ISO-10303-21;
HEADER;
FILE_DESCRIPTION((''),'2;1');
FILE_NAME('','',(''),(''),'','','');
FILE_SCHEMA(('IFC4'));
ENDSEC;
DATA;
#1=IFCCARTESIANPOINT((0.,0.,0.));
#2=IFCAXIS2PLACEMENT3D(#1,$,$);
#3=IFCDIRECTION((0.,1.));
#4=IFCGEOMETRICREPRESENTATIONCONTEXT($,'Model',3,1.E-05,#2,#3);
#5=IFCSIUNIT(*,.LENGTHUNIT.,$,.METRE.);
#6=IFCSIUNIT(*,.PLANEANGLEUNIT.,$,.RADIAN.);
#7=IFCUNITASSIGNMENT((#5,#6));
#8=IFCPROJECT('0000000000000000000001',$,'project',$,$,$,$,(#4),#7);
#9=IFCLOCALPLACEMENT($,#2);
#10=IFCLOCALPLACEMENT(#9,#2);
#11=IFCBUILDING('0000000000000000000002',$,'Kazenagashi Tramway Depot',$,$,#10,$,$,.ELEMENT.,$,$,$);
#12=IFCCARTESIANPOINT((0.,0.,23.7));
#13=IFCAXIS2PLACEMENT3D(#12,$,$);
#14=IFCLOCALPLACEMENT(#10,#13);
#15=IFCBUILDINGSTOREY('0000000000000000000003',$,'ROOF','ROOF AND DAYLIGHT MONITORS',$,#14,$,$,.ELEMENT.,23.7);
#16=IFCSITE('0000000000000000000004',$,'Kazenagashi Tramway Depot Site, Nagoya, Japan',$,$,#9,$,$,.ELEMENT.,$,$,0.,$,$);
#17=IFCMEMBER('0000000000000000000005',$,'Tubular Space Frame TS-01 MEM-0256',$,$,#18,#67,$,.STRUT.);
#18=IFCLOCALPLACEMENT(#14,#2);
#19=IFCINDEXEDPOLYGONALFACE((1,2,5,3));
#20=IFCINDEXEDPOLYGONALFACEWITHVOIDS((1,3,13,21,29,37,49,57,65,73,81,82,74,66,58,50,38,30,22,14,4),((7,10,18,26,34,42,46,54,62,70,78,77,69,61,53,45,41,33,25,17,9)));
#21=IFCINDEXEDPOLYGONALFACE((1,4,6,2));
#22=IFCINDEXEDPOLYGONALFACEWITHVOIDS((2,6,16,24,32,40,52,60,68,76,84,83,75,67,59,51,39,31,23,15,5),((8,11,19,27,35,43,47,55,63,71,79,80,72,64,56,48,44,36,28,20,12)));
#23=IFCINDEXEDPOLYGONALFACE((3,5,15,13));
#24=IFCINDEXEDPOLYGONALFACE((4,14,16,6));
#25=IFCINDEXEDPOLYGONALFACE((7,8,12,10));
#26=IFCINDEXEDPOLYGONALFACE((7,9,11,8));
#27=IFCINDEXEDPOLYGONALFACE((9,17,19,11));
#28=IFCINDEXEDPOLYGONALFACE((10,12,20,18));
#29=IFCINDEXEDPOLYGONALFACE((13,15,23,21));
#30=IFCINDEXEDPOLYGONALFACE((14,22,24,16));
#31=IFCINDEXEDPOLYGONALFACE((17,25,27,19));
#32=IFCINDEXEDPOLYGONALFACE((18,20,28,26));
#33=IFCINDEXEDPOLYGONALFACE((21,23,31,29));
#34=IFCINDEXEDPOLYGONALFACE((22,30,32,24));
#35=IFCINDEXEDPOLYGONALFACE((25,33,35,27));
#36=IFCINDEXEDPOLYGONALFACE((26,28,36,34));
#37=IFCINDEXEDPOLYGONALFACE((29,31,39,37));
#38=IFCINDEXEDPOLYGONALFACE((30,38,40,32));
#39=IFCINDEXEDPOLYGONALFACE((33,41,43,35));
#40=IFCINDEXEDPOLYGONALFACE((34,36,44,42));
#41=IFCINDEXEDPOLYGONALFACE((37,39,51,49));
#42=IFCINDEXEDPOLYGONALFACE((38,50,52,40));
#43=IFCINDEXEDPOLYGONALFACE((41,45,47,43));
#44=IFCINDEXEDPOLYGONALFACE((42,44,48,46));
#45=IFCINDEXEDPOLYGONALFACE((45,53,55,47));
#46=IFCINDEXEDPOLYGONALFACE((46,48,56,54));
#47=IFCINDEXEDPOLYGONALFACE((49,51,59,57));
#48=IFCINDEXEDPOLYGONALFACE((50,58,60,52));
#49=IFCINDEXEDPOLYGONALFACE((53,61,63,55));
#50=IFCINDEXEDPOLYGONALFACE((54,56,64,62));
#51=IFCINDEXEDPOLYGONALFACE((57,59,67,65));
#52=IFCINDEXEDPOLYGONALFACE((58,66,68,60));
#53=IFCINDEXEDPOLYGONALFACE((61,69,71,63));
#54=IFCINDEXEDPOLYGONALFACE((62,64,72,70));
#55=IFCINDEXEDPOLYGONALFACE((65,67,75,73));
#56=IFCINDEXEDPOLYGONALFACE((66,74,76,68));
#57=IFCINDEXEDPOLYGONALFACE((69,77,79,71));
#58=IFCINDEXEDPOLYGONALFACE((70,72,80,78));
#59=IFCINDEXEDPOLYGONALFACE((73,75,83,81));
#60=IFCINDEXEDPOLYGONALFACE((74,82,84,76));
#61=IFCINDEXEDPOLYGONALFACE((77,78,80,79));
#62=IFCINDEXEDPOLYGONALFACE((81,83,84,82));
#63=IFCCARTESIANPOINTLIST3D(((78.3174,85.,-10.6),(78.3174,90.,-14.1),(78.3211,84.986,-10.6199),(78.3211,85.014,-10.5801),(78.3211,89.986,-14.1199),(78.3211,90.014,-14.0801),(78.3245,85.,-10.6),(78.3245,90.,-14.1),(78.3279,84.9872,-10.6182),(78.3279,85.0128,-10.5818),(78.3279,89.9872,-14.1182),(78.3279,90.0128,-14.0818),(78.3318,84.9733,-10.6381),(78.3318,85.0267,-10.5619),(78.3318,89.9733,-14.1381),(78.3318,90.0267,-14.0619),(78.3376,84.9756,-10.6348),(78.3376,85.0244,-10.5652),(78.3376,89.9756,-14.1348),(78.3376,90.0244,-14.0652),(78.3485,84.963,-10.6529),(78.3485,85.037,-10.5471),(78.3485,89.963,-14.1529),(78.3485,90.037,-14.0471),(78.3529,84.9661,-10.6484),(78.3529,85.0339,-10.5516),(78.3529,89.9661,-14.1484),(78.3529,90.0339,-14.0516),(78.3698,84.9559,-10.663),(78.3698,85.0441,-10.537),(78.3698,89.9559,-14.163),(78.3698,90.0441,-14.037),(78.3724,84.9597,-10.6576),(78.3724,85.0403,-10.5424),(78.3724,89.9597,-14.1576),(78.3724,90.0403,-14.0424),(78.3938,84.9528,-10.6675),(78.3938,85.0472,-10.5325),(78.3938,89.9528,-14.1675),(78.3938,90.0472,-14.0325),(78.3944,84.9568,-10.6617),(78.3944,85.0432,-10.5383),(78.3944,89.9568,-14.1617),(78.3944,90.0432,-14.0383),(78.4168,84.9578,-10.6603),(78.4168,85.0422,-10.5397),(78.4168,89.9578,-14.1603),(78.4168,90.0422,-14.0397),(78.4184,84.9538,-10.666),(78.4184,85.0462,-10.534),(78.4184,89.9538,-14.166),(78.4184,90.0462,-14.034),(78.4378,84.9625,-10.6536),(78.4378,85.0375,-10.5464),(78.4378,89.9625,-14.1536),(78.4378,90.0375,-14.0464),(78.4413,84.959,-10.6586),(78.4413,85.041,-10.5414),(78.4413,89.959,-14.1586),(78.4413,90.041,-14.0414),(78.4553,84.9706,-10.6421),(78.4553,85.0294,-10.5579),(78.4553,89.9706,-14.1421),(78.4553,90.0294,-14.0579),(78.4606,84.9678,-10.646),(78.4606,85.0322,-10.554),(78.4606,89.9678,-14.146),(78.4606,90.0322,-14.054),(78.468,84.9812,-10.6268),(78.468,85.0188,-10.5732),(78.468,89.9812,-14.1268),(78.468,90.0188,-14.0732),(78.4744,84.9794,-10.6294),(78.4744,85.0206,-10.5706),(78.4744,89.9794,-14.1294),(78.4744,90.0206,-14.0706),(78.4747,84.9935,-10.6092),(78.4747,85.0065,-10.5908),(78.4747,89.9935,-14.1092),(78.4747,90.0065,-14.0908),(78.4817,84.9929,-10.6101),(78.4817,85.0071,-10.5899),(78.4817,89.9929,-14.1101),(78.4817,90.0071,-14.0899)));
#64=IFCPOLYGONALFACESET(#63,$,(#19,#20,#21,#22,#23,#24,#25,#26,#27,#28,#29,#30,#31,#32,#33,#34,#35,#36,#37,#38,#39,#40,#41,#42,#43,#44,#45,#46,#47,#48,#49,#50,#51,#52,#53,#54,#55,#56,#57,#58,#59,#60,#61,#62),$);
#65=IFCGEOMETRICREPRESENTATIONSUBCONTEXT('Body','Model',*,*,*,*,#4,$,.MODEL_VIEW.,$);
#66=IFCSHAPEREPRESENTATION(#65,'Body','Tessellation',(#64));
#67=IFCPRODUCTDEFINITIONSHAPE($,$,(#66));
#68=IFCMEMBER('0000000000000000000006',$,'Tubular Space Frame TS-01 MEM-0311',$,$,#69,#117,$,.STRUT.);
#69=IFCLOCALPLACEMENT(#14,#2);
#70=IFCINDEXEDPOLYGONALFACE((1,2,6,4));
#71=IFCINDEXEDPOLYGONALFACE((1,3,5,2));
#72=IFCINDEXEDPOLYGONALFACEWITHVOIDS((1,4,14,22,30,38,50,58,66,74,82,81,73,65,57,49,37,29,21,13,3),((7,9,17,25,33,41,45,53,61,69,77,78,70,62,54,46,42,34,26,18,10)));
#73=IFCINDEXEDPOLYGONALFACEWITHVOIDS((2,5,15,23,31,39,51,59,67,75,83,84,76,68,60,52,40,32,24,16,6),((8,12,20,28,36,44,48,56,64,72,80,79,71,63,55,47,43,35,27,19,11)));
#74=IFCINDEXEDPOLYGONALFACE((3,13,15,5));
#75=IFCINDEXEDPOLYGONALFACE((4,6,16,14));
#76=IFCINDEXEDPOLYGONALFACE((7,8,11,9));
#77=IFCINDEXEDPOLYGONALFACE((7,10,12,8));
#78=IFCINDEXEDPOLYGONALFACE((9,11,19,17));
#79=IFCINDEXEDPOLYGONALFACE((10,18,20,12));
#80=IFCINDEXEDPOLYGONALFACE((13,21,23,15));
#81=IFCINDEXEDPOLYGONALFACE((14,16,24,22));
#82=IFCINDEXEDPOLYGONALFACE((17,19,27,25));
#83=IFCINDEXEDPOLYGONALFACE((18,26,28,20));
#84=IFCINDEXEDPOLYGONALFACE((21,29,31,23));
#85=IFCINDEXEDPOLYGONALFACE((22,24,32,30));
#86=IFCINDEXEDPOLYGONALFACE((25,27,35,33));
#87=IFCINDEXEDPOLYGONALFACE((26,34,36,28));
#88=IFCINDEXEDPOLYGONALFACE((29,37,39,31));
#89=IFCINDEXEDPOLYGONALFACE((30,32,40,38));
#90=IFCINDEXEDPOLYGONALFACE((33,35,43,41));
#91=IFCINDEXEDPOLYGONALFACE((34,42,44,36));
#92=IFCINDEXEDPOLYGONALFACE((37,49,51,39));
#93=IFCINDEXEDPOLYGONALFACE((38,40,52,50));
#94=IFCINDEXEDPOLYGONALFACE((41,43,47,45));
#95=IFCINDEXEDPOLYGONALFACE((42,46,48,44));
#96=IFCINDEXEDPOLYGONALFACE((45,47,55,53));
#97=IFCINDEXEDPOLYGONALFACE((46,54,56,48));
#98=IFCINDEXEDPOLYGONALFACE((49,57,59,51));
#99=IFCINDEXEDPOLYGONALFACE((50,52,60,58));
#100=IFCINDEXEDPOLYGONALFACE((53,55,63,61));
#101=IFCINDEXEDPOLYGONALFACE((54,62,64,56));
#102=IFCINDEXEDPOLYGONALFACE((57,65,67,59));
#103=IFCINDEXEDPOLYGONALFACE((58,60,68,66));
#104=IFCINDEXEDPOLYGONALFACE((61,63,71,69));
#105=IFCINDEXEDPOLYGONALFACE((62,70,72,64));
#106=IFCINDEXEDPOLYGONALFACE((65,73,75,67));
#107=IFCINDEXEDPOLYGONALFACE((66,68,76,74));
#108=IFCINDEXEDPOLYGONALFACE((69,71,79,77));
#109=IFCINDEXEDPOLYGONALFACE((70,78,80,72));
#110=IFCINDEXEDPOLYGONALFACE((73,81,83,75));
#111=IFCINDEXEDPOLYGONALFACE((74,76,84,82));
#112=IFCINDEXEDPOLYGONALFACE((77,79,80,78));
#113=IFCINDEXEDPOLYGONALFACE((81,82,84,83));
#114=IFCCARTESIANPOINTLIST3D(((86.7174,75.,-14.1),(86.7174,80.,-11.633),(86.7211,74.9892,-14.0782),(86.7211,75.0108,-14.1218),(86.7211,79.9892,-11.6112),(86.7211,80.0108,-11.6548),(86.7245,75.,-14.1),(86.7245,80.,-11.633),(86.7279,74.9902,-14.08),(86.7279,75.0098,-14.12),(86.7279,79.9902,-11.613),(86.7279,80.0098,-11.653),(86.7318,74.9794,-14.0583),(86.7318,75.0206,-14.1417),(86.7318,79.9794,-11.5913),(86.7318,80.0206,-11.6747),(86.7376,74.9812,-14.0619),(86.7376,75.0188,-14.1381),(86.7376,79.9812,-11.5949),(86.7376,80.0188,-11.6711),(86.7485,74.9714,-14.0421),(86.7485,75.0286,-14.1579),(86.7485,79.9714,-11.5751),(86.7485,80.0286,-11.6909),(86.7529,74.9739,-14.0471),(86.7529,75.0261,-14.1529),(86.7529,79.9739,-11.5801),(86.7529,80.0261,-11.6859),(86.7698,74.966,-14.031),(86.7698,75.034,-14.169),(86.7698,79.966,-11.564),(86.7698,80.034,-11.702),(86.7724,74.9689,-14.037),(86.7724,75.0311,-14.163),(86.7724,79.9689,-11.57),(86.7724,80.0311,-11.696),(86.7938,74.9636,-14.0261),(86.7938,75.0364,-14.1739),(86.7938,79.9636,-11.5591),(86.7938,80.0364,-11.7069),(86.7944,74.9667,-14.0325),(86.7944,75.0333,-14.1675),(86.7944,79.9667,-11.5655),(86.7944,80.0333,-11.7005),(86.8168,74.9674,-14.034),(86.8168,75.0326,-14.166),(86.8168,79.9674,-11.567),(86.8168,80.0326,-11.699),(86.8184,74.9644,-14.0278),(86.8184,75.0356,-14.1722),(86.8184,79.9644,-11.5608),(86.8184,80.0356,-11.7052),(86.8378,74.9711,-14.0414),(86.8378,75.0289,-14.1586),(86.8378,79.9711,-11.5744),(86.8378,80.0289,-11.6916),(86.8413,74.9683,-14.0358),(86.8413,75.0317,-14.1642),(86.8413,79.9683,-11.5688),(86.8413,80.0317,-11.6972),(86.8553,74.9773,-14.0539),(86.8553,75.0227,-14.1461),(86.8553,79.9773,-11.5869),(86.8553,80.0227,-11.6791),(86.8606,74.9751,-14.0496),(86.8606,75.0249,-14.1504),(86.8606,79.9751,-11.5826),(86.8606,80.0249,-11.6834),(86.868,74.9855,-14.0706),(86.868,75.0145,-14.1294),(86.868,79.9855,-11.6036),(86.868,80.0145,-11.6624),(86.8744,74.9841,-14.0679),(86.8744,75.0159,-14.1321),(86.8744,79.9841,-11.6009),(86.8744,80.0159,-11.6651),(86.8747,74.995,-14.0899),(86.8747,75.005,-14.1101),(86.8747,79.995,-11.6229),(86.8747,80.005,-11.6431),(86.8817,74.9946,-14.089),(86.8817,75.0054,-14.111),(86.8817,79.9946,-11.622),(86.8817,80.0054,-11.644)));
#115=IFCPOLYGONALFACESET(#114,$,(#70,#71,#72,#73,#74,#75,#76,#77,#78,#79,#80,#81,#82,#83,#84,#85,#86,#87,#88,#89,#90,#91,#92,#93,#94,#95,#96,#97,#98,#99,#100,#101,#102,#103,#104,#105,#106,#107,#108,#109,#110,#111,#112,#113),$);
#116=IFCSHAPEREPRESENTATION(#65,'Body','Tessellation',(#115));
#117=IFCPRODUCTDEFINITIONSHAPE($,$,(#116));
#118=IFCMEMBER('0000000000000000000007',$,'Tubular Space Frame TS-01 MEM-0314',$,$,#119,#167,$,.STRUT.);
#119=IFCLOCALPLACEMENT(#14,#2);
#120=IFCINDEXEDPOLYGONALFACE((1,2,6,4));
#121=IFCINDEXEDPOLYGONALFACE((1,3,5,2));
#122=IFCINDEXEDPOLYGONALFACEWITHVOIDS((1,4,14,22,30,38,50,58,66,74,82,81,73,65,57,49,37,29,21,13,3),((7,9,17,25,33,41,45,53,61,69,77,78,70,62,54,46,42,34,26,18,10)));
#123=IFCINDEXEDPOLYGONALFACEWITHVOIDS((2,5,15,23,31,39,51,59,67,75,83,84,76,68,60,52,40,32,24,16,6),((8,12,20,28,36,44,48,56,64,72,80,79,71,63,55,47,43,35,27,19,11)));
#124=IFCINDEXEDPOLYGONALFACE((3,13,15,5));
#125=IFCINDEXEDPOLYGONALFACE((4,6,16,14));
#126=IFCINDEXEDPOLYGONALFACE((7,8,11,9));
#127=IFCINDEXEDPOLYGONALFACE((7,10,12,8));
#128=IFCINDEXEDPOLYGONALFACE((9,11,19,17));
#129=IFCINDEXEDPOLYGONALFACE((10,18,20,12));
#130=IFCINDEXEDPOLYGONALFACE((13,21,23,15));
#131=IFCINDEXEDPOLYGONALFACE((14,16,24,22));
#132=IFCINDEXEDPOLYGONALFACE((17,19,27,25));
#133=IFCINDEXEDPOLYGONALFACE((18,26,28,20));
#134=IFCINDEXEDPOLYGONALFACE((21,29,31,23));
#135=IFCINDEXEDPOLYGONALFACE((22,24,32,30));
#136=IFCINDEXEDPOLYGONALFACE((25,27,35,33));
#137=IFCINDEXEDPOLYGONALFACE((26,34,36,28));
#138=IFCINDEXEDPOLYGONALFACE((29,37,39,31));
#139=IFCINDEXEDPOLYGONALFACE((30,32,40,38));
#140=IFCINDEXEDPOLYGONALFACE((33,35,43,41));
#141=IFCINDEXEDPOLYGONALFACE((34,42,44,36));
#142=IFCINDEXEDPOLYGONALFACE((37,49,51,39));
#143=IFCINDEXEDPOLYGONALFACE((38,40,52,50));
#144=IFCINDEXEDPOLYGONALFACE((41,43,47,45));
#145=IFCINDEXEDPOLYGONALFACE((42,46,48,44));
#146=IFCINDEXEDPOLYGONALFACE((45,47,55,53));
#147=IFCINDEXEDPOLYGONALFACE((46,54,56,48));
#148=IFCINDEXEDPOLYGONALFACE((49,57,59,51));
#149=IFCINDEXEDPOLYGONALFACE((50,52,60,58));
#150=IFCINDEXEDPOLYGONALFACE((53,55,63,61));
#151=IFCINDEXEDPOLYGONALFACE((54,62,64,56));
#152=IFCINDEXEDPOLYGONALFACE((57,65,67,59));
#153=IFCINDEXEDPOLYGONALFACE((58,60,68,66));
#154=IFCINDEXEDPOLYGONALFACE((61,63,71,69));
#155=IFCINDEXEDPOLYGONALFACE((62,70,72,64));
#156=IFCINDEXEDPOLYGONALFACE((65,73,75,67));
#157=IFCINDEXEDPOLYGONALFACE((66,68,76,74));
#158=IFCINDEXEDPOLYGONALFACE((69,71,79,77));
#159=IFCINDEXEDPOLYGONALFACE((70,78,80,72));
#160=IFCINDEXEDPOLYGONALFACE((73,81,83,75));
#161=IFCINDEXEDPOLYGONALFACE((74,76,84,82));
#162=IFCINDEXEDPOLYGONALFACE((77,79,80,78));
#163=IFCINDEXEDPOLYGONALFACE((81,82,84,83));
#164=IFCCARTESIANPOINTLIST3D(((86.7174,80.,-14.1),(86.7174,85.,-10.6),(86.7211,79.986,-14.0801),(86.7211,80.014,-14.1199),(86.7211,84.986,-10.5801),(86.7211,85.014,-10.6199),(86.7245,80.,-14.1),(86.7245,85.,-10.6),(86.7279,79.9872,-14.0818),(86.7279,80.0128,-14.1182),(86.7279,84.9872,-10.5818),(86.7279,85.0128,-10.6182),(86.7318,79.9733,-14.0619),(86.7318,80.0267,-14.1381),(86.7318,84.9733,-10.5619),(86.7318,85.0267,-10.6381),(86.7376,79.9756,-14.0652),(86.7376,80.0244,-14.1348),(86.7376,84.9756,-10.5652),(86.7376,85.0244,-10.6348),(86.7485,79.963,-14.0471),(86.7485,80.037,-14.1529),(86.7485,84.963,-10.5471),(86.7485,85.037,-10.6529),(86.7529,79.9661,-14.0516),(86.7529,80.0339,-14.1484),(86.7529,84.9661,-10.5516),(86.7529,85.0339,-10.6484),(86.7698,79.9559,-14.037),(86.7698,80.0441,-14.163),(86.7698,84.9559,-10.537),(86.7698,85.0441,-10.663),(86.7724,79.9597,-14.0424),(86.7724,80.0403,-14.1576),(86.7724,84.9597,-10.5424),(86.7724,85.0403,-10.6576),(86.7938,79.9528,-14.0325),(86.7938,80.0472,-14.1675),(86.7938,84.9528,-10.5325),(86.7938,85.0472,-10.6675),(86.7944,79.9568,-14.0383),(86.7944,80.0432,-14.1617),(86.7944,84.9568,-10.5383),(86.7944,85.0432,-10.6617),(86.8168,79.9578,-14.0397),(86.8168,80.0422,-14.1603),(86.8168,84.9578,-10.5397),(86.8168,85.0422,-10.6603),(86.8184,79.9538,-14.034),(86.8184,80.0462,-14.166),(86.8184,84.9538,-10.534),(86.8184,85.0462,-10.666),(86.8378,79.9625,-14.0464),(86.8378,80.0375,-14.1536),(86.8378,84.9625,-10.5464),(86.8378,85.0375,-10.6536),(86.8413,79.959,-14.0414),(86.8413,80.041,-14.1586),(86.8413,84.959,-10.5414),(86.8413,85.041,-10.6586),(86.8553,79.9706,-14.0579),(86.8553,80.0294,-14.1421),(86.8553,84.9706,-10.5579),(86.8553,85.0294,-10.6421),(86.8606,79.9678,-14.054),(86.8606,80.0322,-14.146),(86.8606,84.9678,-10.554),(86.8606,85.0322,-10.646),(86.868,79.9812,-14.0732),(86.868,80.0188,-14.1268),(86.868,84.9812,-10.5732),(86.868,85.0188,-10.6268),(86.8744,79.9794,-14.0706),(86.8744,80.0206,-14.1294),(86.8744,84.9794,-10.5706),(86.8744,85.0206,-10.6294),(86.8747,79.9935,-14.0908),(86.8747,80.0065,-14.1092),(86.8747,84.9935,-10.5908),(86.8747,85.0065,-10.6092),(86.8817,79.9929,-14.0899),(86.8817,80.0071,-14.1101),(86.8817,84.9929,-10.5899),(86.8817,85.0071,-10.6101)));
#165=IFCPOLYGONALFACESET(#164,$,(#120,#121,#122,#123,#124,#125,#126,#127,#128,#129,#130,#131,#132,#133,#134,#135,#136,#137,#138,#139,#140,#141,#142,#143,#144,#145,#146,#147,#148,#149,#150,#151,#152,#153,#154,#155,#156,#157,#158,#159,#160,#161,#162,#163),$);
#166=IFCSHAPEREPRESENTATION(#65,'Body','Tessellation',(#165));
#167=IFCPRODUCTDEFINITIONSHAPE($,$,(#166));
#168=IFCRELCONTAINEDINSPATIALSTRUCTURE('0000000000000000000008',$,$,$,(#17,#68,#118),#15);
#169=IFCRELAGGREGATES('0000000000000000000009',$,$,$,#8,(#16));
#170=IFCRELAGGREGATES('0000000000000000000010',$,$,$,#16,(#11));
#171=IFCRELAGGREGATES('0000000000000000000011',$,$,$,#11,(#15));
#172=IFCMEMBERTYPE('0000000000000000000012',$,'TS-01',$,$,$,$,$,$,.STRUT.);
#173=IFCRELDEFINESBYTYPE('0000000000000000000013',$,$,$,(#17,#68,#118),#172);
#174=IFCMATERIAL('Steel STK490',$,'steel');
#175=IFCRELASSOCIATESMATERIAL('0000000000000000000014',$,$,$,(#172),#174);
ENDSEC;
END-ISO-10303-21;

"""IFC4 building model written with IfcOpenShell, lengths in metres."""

from ifc_helpers import new_model, si_unit, direction, frame, origin, origin_2d, place, context, subcontext, project, spatial, hollow_circle, extrude, material, material_profile, profile_set, type_object, element, save


model = new_model("IFC4")

# Units and contexts
model_context = context("Model", 3, precision=1e-05, world=origin(), true_north=direction((0.0, 1.0)))
body_context = subcontext(model_context, "Body", "Model", "MODEL_VIEW")
ifc_project = project(units=[si_unit("LENGTHUNIT", "METRE"), si_unit("PLANEANGLEUNIT", "RADIAN")], contexts=[model_context])

# Site, building, storey
site_placement = place(None, origin())
site = spatial("IfcSite", under=ifc_project, at=site_placement, Name="Kazenagashi Tramway Depot Site, Nagoya, Japan", CompositionType="ELEMENT", RefElevation=0.0)
building_placement = place(site_placement, origin())
building = spatial("IfcBuilding", under=site, at=building_placement, Name="Kazenagashi Tramway Depot", CompositionType="ELEMENT")
storey_placement = place(building_placement, frame((0.0, 0.0, 23.7)))
storey = spatial("IfcBuildingStorey", under=building, at=storey_placement, Name="ROOF", Description="ROOF AND DAYLIGHT MONITORS", CompositionType="ELEMENT", Elevation=23.7)

# Members
ifc_material_1 = material(Name="Steel STK490", Category="steel")
ifc_material_profile_1 = material_profile(ifc_material_1, hollow_circle(Radius=0.0826, WallThickness=0.0071, at=origin_2d()), Name="CHS-165.2x7.1")
ifc_profile_set_1 = profile_set([ifc_material_profile_1], Name="Steel STK490")
member_type_1 = type_object("IfcMemberType", Name="TS-01", PredefinedType="STRUT", material=ifc_profile_set_1)
for number, where, z_axis, x_axis, name in (
    (1, (78.4, 85.0, -10.6), (0.0, 0.819232, -0.573462), (-1.0, 0.0, 0.0), "Tubular Space Frame TS-01 MEM-0256"),
):
    element("IfcMember", number, at=place(storey_placement, frame(where, z_axis=z_axis, x_axis=x_axis)), inside=storey, type_object=member_type_1, Name=name, PredefinedType="STRUT", context=body_context, shape_type="SweptSolid", body=[
        extrude(hollow_circle(Radius=0.0826, WallThickness=0.0071, at=origin_2d()), origin(), (0.0, 0.0, 1.0), 6.1033),
    ])
member_1_placement = place(storey_placement, frame((86.8, 75.0, -14.1), z_axis=(0.0, 0.896782, 0.442472), x_axis=(-1.0, 0.0, 0.0)))
element("IfcMember", 2, at=member_1_placement, inside=storey, type_object=member_type_1, Name="Tubular Space Frame TS-01 MEM-0311", PredefinedType="STRUT", context=body_context, shape_type="SweptSolid", body=[
    extrude(hollow_circle(Radius=0.0826, WallThickness=0.0071, at=origin_2d()), origin(), (0.0, 0.0, 1.0), 5.5755),
])
for number, where, z_axis, x_axis, name in (
    (3, (86.8, 80.0, -14.1), (0.0, 0.819232, 0.573462), (-1.0, 0.0, 0.0), "Tubular Space Frame TS-01 MEM-0314"),
):
    element("IfcMember", number, at=place(storey_placement, frame(where, z_axis=z_axis, x_axis=x_axis)), inside=storey, type_object=member_type_1, Name=name, PredefinedType="STRUT", context=body_context, shape_type="SweptSolid", body=[
        extrude(hollow_circle(Radius=0.0826, WallThickness=0.0071, at=origin_2d()), origin(), (0.0, 0.0, 1.0), 6.1033),
    ])

save(model, "model.ifc")
